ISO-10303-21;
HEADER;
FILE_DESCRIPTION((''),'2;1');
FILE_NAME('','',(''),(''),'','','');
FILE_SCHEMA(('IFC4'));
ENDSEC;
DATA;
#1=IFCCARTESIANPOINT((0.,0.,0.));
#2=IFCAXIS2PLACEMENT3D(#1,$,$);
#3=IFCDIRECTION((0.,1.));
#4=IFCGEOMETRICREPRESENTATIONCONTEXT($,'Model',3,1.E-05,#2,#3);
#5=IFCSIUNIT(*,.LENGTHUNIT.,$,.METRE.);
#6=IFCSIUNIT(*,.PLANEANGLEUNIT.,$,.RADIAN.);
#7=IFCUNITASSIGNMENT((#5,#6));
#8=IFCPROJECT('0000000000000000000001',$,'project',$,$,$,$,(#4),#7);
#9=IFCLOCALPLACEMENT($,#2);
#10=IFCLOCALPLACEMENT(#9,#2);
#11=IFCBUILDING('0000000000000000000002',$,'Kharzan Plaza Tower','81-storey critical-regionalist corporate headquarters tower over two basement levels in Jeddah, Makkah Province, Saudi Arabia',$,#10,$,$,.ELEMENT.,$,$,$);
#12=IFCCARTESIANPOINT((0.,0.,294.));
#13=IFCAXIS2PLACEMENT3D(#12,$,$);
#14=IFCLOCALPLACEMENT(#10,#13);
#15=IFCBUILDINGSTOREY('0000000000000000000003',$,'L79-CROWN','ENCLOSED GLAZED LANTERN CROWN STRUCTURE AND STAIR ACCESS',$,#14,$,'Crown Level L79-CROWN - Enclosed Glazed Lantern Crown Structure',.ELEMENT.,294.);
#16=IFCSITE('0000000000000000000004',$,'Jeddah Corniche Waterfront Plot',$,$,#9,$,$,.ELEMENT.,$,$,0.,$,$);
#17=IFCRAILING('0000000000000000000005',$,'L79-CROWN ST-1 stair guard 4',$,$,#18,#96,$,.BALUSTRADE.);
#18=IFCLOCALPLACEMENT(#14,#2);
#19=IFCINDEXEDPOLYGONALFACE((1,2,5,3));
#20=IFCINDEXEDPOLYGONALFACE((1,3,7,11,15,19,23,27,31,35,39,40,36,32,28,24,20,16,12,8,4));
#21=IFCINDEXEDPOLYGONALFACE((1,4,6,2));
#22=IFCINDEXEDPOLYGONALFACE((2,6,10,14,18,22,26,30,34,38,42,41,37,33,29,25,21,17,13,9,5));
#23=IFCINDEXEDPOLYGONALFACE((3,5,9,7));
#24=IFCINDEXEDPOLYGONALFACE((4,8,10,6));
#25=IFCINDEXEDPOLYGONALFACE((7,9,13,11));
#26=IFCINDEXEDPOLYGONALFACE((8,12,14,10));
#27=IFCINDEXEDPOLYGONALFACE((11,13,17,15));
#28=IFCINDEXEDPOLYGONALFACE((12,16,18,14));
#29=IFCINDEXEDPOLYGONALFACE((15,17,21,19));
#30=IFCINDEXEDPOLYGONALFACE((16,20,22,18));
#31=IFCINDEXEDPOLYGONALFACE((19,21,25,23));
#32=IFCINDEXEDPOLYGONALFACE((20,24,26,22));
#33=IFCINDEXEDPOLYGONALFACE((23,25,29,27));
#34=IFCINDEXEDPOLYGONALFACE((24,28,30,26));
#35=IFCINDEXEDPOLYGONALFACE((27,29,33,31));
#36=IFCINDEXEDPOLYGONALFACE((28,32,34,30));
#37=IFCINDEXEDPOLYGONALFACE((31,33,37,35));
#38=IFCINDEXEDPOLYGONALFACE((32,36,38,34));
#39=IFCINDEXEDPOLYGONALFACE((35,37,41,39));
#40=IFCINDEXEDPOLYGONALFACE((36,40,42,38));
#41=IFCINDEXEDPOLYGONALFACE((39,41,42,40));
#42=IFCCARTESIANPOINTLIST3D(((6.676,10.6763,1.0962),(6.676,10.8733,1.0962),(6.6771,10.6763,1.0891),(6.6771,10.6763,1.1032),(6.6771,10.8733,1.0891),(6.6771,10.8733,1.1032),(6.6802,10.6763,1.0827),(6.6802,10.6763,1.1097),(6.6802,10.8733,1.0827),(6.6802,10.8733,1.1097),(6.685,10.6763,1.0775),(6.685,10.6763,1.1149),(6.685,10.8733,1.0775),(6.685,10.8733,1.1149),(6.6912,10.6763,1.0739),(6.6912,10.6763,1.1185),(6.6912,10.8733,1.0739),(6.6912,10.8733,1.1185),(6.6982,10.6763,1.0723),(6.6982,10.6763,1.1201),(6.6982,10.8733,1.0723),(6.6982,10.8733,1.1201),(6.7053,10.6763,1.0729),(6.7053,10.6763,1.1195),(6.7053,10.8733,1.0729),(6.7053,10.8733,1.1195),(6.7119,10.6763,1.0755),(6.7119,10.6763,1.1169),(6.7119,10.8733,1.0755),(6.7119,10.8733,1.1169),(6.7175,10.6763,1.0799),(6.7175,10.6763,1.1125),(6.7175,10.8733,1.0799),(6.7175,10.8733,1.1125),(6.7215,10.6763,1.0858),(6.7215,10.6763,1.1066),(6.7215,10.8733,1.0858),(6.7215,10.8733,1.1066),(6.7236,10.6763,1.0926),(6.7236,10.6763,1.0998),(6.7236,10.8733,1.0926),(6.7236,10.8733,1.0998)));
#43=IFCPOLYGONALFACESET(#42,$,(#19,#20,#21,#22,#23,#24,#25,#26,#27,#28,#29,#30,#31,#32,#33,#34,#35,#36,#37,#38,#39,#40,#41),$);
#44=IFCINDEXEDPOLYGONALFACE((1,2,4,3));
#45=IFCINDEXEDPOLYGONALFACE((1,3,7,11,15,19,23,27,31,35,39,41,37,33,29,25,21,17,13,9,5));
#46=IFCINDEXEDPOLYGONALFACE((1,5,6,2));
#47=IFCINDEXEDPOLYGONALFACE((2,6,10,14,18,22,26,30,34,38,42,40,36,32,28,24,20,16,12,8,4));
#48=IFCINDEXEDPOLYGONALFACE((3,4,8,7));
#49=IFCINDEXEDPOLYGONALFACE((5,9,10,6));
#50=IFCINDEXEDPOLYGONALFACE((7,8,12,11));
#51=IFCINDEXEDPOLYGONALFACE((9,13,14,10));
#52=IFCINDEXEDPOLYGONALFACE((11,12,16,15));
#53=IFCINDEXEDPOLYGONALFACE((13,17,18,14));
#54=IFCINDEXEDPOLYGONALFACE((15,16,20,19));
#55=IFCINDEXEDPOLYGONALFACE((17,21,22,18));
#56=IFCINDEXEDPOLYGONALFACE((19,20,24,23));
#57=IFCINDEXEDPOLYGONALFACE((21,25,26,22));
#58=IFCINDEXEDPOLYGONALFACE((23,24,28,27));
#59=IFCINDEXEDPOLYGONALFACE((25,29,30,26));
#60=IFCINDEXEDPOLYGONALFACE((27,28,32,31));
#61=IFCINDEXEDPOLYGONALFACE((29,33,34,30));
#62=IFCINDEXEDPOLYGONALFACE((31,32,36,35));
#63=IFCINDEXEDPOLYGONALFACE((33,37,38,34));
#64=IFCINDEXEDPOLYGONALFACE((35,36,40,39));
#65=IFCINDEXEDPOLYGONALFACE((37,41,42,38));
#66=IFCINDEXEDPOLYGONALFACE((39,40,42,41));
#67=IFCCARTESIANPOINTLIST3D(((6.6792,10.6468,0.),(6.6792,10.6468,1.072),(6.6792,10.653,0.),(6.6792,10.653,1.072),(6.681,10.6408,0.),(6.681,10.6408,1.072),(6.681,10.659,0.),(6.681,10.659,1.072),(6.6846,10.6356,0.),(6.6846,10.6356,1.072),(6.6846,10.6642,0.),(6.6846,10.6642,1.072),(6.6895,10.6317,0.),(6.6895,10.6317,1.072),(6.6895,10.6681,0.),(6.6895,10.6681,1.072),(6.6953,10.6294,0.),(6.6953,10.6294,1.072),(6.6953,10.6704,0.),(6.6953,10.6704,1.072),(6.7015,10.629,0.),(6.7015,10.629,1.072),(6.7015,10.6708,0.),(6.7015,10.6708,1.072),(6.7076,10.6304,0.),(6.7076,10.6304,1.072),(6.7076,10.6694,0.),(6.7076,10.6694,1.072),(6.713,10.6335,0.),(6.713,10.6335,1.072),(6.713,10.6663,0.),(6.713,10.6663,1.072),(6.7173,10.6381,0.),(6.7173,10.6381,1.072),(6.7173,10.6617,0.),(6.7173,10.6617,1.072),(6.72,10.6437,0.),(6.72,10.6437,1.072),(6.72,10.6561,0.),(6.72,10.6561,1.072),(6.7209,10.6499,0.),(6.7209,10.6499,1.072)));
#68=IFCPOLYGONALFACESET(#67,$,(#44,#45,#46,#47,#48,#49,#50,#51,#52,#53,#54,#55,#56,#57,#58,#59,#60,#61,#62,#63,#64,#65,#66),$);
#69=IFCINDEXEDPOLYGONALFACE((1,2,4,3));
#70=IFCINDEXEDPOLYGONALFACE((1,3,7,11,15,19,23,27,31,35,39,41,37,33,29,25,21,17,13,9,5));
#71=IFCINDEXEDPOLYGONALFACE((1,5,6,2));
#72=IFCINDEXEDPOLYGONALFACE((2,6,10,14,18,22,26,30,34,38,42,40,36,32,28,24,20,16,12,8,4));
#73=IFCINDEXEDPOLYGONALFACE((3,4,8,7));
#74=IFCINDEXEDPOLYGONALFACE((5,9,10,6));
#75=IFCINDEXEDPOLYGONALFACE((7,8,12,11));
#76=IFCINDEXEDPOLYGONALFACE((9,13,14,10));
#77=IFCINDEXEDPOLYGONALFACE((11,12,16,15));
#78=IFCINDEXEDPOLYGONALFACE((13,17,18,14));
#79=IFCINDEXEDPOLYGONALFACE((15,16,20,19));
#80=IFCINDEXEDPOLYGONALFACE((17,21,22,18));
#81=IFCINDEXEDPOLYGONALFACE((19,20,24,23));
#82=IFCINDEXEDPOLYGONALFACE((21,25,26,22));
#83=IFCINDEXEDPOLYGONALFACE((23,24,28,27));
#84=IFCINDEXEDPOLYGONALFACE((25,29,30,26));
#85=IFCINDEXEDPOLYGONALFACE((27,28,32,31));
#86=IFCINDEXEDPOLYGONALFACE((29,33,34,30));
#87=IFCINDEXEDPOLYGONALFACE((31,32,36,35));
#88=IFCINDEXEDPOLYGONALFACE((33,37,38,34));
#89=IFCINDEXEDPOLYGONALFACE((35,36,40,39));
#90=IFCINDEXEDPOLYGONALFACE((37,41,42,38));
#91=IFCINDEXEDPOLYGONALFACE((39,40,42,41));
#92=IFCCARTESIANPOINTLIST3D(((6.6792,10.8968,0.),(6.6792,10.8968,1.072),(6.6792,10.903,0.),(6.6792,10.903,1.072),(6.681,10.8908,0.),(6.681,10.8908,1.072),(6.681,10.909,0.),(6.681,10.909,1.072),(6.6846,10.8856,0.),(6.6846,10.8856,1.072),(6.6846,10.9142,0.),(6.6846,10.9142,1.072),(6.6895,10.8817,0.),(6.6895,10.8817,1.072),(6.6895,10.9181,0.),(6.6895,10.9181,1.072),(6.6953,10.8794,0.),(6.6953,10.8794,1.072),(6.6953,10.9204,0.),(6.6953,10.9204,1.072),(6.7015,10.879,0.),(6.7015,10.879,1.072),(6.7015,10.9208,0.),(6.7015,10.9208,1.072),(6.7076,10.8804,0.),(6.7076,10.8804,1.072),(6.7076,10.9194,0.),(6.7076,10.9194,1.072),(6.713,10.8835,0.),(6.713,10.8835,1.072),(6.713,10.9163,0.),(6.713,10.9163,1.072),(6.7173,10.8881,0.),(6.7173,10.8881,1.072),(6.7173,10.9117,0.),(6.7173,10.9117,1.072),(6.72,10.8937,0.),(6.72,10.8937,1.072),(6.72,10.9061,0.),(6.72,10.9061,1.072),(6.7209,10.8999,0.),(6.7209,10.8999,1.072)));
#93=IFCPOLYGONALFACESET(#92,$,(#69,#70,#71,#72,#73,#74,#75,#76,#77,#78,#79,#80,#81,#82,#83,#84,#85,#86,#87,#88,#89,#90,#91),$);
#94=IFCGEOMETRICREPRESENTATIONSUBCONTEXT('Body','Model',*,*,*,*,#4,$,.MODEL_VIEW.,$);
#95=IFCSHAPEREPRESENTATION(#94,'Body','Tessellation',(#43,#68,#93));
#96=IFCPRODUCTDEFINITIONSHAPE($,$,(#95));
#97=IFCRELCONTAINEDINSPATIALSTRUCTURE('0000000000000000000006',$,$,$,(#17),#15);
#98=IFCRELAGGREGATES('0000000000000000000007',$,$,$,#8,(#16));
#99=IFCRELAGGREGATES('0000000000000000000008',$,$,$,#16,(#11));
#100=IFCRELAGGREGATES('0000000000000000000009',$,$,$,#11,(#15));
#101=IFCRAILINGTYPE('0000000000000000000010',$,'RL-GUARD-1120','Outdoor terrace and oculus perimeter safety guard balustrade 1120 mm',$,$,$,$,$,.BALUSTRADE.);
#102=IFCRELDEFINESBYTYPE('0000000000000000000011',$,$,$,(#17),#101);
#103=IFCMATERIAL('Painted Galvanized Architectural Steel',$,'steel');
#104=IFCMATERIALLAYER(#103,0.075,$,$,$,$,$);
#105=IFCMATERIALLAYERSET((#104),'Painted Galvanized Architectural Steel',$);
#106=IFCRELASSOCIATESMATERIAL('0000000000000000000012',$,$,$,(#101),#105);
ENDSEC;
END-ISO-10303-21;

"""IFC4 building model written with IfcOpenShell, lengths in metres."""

from ifc_helpers import new_model, si_unit, direction, frame, origin, origin_2d, place, context, subcontext, project, spatial, circle, extrude, source, transform, mapped, material, layer, layer_set, type_object, element, save


model = new_model("IFC4")

# Units and contexts
model_context = context("Model", 3, precision=1e-05, world=origin(), true_north=direction((0.0, 1.0)))
body_context = subcontext(model_context, "Body", "Model", "MODEL_VIEW")
ifc_project = project(units=[si_unit("LENGTHUNIT", "METRE"), si_unit("PLANEANGLEUNIT", "RADIAN")], contexts=[model_context])

# Site, building, storey
site_placement = place(None, origin())
site = spatial("IfcSite", under=ifc_project, at=site_placement, Name="Jeddah Corniche Waterfront Plot", CompositionType="ELEMENT", RefElevation=0.0)
building_placement = place(site_placement, origin())
building = spatial("IfcBuilding", under=site, at=building_placement, Name="Kharzan Plaza Tower", Description="81-storey critical-regionalist corporate headquarters tower over two basement levels in Jeddah, Makkah Province, Saudi Arabia", CompositionType="ELEMENT")
storey_placement = place(building_placement, frame((0.0, 0.0, 294.0)))
storey = spatial("IfcBuildingStorey", under=building, at=storey_placement, Name="L79-CROWN", Description="ENCLOSED GLAZED LANTERN CROWN STRUCTURE AND STAIR ACCESS", LongName="Crown Level L79-CROWN - Enclosed Glazed Lantern Crown Structure", CompositionType="ELEMENT", Elevation=294.0)

# Railing
ifc_material_1 = material(Name="Painted Galvanized Architectural Steel", Category="steel")
ifc_layer_1 = layer(ifc_material_1, 0.075)
ifc_layer_set_1 = layer_set([ifc_layer_1], Name="Painted Galvanized Architectural Steel")
railing_type_1 = type_object("IfcRailingType", Name="RL-GUARD-1120", Description="Outdoor terrace and oculus perimeter safety guard balustrade 1120 mm", PredefinedType="BALUSTRADE", material=ifc_layer_set_1)
shared_shape_1 = source(origin(), body_context, "Body", "SweptSolid", [
    extrude(circle(Radius=0.0239, at=origin_2d()), frame((0.0, 0.0264, 1.0962), z_axis=(0.0, 1.0, 0.0), x_axis=(-1.0, 0.0, 0.0)), (0.0, 0.0, 1.0), 0.197),
    extrude(circle(Radius=0.021, at=origin_2d()), origin(), (0.0, 0.0, 1.0), 1.072),
    extrude(circle(Radius=0.021, at=origin_2d()), frame((0.0, 0.25, 0.0)), (0.0, 0.0, 1.0), 1.072),
])
for number, where, name in (
    (1, (6.7, 10.6499, 0.0), "L79-CROWN ST-1 stair guard 4"),
):
    element("IfcRailing", number, at=place(storey_placement, frame(where)), inside=storey, type_object=railing_type_1, Name=name, PredefinedType="BALUSTRADE", context=body_context, shape_type="MappedRepresentation", body=[
        mapped(shared_shape_1, transform((0.0, 0.0, 0.0), x_axis=(1.0, 0.0, 0.0), y_axis=(0.0, 1.0, 0.0), z_axis=(0.0, 0.0, 1.0))),
    ])

save(model, "model.ifc")
